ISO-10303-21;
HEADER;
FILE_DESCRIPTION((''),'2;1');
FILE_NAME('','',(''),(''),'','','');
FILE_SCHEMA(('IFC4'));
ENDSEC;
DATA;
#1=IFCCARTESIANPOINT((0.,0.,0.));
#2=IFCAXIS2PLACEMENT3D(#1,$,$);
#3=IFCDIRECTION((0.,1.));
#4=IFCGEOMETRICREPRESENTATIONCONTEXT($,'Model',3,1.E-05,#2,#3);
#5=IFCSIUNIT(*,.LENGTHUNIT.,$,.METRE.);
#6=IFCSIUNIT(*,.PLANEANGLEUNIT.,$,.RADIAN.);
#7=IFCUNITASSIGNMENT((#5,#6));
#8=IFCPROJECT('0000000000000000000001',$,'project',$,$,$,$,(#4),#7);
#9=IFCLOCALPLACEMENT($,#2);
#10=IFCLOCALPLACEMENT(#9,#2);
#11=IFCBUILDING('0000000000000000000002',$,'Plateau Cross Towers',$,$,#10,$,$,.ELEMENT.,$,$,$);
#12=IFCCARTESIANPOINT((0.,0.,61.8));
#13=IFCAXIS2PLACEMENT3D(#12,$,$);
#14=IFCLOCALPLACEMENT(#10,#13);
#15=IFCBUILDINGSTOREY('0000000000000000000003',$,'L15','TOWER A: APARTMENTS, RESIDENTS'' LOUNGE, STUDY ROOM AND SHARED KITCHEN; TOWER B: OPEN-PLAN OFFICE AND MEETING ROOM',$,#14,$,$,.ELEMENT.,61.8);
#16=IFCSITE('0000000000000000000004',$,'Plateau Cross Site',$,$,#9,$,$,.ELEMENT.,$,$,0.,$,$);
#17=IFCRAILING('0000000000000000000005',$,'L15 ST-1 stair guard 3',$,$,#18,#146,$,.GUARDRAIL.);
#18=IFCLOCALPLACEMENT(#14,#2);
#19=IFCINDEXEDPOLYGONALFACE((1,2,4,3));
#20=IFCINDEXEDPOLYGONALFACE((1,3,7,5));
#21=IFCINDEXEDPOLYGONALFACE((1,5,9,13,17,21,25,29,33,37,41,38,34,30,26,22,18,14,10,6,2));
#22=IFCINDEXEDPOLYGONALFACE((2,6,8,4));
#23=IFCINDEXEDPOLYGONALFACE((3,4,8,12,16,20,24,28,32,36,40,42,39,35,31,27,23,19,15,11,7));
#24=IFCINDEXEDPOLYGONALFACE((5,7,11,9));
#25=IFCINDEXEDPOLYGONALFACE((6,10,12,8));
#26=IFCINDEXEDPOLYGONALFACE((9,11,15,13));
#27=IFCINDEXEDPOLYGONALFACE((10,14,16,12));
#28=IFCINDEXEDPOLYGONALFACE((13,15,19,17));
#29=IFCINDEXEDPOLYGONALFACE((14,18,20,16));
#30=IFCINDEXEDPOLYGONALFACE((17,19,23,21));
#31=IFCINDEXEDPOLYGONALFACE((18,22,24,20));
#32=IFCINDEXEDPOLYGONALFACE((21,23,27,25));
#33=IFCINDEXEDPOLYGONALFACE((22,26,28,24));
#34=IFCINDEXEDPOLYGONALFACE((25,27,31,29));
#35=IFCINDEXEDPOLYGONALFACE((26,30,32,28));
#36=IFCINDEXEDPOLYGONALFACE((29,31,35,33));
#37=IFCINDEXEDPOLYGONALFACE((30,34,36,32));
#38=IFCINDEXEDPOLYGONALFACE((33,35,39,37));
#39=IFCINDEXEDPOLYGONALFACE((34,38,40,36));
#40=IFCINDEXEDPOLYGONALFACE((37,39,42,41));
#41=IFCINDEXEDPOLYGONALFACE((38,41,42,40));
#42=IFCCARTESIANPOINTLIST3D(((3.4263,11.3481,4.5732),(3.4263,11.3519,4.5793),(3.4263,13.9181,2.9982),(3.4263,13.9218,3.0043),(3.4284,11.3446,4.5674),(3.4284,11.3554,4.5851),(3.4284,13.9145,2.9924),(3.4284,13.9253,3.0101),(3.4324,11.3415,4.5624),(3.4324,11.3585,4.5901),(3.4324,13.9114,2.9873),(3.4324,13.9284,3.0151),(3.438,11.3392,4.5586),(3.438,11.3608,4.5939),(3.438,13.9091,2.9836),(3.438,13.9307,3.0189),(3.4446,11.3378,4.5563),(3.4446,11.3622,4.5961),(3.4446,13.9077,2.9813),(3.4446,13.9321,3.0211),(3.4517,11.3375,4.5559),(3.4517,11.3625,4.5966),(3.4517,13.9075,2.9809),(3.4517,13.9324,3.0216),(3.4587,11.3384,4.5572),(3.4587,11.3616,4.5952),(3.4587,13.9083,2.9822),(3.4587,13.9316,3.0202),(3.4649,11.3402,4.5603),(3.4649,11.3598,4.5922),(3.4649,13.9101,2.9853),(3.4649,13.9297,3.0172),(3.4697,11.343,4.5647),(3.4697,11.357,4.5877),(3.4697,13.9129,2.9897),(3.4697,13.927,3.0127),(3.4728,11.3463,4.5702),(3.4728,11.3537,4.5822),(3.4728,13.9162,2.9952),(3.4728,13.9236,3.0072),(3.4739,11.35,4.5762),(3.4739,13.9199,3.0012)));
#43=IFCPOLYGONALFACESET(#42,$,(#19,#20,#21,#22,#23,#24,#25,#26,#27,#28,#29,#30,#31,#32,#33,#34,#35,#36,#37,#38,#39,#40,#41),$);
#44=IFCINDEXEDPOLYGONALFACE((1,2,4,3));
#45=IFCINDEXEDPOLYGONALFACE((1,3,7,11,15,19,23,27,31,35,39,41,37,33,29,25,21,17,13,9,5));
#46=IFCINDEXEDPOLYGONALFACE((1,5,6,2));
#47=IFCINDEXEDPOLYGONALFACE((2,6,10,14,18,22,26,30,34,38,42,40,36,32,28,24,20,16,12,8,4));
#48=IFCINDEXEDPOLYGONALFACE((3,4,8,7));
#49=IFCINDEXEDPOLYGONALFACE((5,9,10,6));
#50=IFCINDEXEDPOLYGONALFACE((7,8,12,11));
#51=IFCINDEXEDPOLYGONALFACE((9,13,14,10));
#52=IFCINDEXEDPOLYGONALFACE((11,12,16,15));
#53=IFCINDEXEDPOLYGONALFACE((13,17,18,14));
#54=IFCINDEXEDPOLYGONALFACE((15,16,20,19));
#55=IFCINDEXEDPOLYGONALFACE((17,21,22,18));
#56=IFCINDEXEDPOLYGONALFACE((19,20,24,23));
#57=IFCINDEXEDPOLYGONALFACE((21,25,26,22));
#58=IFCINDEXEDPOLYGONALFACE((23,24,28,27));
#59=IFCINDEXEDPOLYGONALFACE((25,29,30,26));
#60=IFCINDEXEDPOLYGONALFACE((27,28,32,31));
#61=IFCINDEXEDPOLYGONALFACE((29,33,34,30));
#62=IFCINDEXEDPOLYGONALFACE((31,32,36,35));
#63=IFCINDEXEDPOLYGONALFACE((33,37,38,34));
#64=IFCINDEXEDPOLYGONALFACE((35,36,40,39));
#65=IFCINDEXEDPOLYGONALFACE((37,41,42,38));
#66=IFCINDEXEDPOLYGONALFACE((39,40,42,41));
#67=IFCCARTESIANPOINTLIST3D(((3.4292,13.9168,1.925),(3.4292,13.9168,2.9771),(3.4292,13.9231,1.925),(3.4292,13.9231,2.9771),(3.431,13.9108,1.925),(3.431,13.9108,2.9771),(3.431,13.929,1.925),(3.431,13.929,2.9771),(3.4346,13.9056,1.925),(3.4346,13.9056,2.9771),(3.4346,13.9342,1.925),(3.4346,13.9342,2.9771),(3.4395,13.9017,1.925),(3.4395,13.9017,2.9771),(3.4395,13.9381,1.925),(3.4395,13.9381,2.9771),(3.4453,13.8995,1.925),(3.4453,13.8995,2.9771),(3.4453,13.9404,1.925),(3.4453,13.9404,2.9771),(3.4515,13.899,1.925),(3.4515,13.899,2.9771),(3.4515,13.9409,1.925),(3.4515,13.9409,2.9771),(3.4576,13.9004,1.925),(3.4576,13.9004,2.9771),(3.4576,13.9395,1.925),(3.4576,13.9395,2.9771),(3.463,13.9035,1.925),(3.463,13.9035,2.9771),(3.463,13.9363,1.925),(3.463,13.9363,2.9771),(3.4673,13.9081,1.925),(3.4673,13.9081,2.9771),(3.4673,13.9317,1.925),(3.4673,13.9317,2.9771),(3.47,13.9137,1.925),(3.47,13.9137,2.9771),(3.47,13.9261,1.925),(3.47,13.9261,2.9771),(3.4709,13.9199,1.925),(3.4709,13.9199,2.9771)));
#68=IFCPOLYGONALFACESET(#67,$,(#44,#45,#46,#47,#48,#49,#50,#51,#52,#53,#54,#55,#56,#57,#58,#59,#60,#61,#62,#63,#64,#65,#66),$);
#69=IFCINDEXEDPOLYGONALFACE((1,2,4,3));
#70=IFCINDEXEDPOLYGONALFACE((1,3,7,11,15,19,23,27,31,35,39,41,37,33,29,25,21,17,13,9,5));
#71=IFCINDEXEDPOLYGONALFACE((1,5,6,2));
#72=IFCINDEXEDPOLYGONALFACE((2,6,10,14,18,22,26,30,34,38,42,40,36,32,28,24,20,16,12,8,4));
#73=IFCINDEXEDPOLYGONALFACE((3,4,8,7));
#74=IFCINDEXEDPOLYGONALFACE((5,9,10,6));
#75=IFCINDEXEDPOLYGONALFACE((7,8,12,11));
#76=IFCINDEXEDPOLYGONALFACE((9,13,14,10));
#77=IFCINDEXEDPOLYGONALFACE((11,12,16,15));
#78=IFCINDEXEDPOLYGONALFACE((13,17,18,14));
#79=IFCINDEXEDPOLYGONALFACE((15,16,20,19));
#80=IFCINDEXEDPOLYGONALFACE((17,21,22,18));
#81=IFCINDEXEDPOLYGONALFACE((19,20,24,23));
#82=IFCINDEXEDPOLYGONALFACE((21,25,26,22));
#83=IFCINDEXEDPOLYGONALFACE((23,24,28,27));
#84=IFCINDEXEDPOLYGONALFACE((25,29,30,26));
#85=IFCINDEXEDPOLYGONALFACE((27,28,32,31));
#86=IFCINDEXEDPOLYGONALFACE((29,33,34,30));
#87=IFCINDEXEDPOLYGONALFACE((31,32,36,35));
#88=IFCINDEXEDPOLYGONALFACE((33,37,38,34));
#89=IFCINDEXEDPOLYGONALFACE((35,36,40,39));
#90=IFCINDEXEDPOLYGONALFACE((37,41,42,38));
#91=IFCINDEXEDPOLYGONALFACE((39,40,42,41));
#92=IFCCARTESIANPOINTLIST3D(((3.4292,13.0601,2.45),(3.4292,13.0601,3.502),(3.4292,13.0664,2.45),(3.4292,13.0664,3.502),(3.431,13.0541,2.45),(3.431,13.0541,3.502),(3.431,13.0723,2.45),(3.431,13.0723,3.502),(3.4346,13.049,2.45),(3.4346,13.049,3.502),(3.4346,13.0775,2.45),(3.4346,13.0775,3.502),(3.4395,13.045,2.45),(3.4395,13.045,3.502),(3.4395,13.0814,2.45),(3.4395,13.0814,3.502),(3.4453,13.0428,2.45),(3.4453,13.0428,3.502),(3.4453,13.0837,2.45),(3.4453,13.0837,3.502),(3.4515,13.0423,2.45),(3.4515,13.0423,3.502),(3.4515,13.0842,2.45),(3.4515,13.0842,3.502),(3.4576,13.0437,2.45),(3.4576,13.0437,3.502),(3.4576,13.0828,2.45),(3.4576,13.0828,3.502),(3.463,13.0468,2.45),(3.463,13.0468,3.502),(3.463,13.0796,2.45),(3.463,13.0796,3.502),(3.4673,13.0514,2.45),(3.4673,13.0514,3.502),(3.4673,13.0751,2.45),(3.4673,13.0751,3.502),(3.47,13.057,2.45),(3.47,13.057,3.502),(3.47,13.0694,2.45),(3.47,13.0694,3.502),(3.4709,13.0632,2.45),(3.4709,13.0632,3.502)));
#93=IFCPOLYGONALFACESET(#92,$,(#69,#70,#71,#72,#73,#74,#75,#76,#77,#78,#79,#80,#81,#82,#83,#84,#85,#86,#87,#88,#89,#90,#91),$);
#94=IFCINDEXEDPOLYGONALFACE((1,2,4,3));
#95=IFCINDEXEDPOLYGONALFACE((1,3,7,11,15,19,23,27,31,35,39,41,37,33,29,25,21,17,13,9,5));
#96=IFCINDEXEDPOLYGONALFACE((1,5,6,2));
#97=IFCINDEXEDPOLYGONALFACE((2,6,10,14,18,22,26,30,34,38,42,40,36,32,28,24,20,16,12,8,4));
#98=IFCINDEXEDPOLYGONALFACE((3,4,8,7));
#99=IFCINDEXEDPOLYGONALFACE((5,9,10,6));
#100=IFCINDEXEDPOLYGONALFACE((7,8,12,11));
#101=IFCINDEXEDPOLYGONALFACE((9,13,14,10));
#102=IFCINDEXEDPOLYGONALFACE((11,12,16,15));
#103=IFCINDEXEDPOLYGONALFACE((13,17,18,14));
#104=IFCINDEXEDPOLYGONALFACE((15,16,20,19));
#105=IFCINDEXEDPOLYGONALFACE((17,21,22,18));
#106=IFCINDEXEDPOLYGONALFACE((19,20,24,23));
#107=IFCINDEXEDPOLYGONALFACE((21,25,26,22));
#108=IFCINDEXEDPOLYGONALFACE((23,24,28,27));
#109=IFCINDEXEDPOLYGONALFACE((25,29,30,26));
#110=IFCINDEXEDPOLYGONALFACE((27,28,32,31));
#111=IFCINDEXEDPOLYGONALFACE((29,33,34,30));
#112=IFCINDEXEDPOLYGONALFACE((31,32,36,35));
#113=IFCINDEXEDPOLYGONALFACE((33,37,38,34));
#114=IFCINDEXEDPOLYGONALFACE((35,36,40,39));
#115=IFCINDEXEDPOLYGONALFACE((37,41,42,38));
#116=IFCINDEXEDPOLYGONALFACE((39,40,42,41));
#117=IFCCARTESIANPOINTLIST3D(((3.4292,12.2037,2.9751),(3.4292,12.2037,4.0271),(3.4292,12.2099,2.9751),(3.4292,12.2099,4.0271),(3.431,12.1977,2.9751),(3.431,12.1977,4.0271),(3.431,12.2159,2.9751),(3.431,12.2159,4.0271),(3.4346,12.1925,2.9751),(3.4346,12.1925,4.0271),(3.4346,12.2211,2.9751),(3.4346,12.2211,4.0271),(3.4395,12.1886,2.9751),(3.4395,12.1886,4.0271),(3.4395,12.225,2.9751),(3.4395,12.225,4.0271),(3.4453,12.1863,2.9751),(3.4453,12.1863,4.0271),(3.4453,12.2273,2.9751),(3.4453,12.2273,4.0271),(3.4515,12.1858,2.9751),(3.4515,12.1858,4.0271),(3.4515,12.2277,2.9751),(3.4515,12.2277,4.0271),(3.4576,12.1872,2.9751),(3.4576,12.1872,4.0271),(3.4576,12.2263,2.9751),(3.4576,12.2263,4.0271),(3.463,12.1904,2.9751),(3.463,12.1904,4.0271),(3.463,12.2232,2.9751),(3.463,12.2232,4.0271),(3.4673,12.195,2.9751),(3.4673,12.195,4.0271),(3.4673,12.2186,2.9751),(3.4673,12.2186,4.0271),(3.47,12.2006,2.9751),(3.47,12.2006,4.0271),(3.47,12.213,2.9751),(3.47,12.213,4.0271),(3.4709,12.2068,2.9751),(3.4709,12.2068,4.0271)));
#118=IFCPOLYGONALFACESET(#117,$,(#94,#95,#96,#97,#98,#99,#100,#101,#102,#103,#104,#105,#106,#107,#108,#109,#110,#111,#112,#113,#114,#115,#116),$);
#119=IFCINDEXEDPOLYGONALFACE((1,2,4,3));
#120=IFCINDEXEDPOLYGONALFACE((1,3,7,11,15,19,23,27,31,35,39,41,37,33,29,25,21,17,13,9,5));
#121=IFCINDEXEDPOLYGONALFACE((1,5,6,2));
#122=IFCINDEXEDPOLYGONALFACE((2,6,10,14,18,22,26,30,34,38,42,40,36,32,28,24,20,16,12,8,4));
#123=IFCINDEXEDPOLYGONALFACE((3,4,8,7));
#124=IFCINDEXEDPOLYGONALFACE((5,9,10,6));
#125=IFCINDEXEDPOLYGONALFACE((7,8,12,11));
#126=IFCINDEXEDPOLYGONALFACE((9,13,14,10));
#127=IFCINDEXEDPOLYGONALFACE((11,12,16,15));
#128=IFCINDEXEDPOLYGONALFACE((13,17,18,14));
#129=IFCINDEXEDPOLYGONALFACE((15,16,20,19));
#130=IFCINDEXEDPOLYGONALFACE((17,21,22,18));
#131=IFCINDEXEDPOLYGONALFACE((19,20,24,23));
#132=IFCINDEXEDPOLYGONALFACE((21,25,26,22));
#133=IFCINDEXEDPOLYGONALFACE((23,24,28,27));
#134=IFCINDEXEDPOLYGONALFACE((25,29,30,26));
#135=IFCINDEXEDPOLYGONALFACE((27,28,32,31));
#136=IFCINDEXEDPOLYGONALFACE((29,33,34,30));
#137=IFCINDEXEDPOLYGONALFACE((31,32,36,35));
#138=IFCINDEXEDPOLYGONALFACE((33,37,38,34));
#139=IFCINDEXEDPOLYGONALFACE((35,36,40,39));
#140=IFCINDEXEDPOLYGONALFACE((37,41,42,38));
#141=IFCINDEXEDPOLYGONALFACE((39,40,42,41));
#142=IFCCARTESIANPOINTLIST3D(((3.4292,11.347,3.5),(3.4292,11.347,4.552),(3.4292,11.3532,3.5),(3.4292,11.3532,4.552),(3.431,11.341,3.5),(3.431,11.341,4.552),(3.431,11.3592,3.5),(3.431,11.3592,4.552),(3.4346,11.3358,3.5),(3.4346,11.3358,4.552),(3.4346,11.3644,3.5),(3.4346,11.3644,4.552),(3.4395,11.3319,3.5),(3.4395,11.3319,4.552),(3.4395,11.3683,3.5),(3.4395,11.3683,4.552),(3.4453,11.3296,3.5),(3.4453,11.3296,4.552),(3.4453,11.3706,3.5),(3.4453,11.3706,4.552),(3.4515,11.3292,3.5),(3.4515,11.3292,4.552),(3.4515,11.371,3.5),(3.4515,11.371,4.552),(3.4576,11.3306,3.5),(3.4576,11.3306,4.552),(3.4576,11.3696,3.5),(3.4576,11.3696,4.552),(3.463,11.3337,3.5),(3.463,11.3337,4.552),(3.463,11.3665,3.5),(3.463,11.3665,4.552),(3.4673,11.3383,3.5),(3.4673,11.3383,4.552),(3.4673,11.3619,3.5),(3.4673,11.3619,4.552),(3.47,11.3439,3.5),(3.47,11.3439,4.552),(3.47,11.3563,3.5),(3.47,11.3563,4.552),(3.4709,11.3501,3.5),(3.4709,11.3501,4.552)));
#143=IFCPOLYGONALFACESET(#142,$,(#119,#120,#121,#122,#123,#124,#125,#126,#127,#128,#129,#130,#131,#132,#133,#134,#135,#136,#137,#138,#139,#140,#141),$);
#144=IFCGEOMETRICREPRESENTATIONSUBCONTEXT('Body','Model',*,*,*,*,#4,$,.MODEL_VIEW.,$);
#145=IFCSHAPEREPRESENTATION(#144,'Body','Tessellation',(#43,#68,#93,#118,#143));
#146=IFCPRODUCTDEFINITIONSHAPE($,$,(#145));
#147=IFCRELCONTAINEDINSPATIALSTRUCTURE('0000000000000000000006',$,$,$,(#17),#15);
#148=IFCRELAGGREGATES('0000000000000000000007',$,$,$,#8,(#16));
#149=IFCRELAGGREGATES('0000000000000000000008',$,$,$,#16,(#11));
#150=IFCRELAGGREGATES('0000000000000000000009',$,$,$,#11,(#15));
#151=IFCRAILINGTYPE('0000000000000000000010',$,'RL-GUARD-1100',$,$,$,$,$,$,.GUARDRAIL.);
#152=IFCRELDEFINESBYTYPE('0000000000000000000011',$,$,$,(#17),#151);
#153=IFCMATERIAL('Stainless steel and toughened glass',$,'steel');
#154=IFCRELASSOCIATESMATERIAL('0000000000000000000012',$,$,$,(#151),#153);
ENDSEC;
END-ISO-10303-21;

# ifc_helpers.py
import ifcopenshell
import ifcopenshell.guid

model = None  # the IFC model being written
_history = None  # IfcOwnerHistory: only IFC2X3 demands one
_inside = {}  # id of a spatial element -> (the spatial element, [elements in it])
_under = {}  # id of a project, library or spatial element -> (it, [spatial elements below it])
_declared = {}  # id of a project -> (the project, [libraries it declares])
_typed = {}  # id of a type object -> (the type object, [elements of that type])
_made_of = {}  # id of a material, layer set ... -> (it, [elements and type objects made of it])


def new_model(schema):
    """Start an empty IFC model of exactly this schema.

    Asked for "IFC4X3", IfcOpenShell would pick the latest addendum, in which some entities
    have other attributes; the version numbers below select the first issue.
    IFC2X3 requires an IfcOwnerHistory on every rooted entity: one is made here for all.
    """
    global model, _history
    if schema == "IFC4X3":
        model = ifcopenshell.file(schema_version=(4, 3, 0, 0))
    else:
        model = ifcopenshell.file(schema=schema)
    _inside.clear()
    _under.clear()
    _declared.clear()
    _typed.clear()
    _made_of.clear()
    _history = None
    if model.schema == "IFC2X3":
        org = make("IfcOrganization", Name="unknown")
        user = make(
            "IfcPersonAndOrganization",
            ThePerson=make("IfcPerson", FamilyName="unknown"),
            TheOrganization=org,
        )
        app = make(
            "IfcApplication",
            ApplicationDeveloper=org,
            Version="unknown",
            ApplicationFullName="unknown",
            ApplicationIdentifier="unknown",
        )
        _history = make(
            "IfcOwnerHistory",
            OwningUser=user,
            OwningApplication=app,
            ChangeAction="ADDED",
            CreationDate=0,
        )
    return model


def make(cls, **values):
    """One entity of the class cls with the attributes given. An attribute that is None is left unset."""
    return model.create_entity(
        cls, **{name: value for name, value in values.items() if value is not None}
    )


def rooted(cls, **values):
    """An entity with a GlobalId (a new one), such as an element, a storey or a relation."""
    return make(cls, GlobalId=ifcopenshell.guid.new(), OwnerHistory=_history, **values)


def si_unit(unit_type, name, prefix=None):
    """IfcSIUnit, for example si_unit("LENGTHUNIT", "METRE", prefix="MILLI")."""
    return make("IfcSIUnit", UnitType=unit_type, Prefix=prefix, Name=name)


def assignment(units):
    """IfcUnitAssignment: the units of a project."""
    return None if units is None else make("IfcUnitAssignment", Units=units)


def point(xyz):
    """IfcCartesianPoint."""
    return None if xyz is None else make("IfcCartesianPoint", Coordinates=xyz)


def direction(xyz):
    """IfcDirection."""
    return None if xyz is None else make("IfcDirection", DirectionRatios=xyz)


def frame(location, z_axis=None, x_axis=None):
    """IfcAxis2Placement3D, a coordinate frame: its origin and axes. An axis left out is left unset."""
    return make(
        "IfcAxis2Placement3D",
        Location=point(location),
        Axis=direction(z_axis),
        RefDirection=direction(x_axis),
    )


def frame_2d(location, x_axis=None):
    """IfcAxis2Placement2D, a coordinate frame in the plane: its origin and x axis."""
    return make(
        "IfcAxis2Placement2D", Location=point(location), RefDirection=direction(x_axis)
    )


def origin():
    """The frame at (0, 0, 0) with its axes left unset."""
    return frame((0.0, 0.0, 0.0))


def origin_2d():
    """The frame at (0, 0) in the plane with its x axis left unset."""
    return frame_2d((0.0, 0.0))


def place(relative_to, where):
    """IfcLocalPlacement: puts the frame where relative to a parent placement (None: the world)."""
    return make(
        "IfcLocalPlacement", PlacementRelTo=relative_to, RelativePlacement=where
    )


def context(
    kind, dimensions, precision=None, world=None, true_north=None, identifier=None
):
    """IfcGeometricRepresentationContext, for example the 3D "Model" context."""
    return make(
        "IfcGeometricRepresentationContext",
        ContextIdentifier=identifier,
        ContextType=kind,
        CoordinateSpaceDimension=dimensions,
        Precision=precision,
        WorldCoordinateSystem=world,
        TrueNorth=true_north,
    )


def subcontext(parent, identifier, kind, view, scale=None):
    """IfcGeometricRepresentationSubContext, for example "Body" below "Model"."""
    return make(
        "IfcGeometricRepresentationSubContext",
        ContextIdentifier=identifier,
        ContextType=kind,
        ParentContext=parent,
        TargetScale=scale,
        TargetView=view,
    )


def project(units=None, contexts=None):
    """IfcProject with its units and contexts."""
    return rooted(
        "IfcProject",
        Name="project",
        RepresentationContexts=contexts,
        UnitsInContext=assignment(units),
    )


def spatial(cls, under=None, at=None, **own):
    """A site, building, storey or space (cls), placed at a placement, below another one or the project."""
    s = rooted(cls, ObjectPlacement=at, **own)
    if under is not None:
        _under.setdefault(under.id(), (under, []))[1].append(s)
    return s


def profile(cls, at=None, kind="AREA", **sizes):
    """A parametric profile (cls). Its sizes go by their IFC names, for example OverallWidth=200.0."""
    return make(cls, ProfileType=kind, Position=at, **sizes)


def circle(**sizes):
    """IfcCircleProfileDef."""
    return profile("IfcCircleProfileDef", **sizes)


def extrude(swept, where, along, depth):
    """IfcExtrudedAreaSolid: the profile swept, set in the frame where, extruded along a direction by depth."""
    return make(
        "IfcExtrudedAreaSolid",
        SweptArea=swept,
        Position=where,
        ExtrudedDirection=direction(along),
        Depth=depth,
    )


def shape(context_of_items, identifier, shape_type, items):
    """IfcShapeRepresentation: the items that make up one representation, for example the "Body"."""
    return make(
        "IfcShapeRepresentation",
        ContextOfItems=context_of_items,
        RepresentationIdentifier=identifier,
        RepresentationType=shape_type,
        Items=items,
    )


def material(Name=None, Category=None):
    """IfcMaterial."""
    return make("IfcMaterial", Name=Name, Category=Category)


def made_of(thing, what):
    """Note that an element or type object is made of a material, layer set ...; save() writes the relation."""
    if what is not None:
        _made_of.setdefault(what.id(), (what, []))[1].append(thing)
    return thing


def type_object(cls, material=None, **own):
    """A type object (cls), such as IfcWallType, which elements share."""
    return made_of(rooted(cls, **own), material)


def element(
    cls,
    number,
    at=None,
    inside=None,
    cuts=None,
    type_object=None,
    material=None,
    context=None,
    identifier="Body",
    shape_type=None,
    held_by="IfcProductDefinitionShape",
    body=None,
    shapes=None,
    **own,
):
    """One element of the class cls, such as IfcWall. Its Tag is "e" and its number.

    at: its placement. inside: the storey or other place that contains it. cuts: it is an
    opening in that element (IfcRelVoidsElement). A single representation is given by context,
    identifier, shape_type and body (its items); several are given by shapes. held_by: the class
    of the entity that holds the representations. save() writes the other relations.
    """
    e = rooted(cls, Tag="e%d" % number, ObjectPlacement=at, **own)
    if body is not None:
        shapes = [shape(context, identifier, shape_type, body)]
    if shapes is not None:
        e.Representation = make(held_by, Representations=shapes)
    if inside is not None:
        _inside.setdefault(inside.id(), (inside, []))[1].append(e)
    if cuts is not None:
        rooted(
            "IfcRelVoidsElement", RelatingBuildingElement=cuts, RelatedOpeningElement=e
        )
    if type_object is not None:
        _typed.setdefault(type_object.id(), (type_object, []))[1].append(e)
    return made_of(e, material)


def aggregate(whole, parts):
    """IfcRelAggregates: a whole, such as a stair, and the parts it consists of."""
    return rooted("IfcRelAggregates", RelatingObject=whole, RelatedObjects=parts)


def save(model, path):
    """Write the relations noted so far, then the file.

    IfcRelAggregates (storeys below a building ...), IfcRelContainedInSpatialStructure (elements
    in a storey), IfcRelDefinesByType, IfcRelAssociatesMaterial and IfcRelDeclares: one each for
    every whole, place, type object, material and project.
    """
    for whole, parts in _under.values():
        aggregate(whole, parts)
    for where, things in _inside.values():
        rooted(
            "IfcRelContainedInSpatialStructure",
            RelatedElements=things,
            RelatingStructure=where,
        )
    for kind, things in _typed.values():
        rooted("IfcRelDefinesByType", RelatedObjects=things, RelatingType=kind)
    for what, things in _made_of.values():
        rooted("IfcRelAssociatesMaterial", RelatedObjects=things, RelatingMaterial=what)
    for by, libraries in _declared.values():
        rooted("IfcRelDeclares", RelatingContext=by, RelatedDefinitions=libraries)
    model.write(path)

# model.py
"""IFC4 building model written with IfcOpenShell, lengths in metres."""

from ifc_helpers import new_model, si_unit, direction, frame, origin, origin_2d, place, context, subcontext, project, spatial, circle, extrude, material, type_object, element, save


model = new_model("IFC4")

# Units and contexts
model_context = context("Model", 3, precision=1e-05, world=origin(), true_north=direction((0.0, 1.0)))
body_context = subcontext(model_context, "Body", "Model", "MODEL_VIEW")
ifc_project = project(units=[si_unit("LENGTHUNIT", "METRE"), si_unit("PLANEANGLEUNIT", "RADIAN")], contexts=[model_context])

# Site, building, storey
site_placement = place(None, origin())
site = spatial("IfcSite", under=ifc_project, at=site_placement, Name="Plateau Cross Site", CompositionType="ELEMENT", RefElevation=0.0)
building_placement = place(site_placement, origin())
building = spatial("IfcBuilding", under=site, at=building_placement, Name="Plateau Cross Towers", CompositionType="ELEMENT")
storey_placement = place(building_placement, frame((0.0, 0.0, 61.8)))
storey = spatial("IfcBuildingStorey", under=building, at=storey_placement, Name="L15", Description="TOWER A: APARTMENTS, RESIDENTS' LOUNGE, STUDY ROOM AND SHARED KITCHEN; TOWER B: OPEN-PLAN OFFICE AND MEETING ROOM", CompositionType="ELEMENT", Elevation=61.8)

# Railing
ifc_material_1 = material(Name="Stainless steel and toughened glass", Category="steel")
railing_type_1 = type_object("IfcRailingType", Name="RL-GUARD-1100", PredefinedType="GUARDRAIL", material=ifc_material_1)
railing_1_placement = place(storey_placement, frame((3.45, 13.9199, 1.925)))
element("IfcRailing", 1, at=railing_1_placement, inside=storey, type_object=railing_type_1, Name="L15 ST-1 stair guard 3", PredefinedType="GUARDRAIL", context=body_context, shape_type="SweptSolid", body=[
    extrude(circle(Radius=0.0239, at=origin_2d()), frame((0.0, 0.0, 1.0762), z_axis=(0.0, -0.852616, 0.522537), x_axis=(1.0, 0.0, 0.0)), (0.0, 0.0, 1.0), 3.0142),
    extrude(circle(Radius=0.021, at=origin_2d()), origin(), (0.0, 0.0, 1.0), 1.052),
    extrude(circle(Radius=0.021, at=origin_2d()), frame((0.0, -0.8567, 0.5249)), (0.0, 0.0, 1.0), 1.052),
    extrude(circle(Radius=0.021, at=origin_2d()), frame((0.0, -1.7131, 1.05)), (0.0, 0.0, 1.0), 1.052),
    extrude(circle(Radius=0.021, at=origin_2d()), frame((0.0, -2.5698, 1.575)), (0.0, 0.0, 1.0), 1.052),
])

save(model, "model.ifc")
